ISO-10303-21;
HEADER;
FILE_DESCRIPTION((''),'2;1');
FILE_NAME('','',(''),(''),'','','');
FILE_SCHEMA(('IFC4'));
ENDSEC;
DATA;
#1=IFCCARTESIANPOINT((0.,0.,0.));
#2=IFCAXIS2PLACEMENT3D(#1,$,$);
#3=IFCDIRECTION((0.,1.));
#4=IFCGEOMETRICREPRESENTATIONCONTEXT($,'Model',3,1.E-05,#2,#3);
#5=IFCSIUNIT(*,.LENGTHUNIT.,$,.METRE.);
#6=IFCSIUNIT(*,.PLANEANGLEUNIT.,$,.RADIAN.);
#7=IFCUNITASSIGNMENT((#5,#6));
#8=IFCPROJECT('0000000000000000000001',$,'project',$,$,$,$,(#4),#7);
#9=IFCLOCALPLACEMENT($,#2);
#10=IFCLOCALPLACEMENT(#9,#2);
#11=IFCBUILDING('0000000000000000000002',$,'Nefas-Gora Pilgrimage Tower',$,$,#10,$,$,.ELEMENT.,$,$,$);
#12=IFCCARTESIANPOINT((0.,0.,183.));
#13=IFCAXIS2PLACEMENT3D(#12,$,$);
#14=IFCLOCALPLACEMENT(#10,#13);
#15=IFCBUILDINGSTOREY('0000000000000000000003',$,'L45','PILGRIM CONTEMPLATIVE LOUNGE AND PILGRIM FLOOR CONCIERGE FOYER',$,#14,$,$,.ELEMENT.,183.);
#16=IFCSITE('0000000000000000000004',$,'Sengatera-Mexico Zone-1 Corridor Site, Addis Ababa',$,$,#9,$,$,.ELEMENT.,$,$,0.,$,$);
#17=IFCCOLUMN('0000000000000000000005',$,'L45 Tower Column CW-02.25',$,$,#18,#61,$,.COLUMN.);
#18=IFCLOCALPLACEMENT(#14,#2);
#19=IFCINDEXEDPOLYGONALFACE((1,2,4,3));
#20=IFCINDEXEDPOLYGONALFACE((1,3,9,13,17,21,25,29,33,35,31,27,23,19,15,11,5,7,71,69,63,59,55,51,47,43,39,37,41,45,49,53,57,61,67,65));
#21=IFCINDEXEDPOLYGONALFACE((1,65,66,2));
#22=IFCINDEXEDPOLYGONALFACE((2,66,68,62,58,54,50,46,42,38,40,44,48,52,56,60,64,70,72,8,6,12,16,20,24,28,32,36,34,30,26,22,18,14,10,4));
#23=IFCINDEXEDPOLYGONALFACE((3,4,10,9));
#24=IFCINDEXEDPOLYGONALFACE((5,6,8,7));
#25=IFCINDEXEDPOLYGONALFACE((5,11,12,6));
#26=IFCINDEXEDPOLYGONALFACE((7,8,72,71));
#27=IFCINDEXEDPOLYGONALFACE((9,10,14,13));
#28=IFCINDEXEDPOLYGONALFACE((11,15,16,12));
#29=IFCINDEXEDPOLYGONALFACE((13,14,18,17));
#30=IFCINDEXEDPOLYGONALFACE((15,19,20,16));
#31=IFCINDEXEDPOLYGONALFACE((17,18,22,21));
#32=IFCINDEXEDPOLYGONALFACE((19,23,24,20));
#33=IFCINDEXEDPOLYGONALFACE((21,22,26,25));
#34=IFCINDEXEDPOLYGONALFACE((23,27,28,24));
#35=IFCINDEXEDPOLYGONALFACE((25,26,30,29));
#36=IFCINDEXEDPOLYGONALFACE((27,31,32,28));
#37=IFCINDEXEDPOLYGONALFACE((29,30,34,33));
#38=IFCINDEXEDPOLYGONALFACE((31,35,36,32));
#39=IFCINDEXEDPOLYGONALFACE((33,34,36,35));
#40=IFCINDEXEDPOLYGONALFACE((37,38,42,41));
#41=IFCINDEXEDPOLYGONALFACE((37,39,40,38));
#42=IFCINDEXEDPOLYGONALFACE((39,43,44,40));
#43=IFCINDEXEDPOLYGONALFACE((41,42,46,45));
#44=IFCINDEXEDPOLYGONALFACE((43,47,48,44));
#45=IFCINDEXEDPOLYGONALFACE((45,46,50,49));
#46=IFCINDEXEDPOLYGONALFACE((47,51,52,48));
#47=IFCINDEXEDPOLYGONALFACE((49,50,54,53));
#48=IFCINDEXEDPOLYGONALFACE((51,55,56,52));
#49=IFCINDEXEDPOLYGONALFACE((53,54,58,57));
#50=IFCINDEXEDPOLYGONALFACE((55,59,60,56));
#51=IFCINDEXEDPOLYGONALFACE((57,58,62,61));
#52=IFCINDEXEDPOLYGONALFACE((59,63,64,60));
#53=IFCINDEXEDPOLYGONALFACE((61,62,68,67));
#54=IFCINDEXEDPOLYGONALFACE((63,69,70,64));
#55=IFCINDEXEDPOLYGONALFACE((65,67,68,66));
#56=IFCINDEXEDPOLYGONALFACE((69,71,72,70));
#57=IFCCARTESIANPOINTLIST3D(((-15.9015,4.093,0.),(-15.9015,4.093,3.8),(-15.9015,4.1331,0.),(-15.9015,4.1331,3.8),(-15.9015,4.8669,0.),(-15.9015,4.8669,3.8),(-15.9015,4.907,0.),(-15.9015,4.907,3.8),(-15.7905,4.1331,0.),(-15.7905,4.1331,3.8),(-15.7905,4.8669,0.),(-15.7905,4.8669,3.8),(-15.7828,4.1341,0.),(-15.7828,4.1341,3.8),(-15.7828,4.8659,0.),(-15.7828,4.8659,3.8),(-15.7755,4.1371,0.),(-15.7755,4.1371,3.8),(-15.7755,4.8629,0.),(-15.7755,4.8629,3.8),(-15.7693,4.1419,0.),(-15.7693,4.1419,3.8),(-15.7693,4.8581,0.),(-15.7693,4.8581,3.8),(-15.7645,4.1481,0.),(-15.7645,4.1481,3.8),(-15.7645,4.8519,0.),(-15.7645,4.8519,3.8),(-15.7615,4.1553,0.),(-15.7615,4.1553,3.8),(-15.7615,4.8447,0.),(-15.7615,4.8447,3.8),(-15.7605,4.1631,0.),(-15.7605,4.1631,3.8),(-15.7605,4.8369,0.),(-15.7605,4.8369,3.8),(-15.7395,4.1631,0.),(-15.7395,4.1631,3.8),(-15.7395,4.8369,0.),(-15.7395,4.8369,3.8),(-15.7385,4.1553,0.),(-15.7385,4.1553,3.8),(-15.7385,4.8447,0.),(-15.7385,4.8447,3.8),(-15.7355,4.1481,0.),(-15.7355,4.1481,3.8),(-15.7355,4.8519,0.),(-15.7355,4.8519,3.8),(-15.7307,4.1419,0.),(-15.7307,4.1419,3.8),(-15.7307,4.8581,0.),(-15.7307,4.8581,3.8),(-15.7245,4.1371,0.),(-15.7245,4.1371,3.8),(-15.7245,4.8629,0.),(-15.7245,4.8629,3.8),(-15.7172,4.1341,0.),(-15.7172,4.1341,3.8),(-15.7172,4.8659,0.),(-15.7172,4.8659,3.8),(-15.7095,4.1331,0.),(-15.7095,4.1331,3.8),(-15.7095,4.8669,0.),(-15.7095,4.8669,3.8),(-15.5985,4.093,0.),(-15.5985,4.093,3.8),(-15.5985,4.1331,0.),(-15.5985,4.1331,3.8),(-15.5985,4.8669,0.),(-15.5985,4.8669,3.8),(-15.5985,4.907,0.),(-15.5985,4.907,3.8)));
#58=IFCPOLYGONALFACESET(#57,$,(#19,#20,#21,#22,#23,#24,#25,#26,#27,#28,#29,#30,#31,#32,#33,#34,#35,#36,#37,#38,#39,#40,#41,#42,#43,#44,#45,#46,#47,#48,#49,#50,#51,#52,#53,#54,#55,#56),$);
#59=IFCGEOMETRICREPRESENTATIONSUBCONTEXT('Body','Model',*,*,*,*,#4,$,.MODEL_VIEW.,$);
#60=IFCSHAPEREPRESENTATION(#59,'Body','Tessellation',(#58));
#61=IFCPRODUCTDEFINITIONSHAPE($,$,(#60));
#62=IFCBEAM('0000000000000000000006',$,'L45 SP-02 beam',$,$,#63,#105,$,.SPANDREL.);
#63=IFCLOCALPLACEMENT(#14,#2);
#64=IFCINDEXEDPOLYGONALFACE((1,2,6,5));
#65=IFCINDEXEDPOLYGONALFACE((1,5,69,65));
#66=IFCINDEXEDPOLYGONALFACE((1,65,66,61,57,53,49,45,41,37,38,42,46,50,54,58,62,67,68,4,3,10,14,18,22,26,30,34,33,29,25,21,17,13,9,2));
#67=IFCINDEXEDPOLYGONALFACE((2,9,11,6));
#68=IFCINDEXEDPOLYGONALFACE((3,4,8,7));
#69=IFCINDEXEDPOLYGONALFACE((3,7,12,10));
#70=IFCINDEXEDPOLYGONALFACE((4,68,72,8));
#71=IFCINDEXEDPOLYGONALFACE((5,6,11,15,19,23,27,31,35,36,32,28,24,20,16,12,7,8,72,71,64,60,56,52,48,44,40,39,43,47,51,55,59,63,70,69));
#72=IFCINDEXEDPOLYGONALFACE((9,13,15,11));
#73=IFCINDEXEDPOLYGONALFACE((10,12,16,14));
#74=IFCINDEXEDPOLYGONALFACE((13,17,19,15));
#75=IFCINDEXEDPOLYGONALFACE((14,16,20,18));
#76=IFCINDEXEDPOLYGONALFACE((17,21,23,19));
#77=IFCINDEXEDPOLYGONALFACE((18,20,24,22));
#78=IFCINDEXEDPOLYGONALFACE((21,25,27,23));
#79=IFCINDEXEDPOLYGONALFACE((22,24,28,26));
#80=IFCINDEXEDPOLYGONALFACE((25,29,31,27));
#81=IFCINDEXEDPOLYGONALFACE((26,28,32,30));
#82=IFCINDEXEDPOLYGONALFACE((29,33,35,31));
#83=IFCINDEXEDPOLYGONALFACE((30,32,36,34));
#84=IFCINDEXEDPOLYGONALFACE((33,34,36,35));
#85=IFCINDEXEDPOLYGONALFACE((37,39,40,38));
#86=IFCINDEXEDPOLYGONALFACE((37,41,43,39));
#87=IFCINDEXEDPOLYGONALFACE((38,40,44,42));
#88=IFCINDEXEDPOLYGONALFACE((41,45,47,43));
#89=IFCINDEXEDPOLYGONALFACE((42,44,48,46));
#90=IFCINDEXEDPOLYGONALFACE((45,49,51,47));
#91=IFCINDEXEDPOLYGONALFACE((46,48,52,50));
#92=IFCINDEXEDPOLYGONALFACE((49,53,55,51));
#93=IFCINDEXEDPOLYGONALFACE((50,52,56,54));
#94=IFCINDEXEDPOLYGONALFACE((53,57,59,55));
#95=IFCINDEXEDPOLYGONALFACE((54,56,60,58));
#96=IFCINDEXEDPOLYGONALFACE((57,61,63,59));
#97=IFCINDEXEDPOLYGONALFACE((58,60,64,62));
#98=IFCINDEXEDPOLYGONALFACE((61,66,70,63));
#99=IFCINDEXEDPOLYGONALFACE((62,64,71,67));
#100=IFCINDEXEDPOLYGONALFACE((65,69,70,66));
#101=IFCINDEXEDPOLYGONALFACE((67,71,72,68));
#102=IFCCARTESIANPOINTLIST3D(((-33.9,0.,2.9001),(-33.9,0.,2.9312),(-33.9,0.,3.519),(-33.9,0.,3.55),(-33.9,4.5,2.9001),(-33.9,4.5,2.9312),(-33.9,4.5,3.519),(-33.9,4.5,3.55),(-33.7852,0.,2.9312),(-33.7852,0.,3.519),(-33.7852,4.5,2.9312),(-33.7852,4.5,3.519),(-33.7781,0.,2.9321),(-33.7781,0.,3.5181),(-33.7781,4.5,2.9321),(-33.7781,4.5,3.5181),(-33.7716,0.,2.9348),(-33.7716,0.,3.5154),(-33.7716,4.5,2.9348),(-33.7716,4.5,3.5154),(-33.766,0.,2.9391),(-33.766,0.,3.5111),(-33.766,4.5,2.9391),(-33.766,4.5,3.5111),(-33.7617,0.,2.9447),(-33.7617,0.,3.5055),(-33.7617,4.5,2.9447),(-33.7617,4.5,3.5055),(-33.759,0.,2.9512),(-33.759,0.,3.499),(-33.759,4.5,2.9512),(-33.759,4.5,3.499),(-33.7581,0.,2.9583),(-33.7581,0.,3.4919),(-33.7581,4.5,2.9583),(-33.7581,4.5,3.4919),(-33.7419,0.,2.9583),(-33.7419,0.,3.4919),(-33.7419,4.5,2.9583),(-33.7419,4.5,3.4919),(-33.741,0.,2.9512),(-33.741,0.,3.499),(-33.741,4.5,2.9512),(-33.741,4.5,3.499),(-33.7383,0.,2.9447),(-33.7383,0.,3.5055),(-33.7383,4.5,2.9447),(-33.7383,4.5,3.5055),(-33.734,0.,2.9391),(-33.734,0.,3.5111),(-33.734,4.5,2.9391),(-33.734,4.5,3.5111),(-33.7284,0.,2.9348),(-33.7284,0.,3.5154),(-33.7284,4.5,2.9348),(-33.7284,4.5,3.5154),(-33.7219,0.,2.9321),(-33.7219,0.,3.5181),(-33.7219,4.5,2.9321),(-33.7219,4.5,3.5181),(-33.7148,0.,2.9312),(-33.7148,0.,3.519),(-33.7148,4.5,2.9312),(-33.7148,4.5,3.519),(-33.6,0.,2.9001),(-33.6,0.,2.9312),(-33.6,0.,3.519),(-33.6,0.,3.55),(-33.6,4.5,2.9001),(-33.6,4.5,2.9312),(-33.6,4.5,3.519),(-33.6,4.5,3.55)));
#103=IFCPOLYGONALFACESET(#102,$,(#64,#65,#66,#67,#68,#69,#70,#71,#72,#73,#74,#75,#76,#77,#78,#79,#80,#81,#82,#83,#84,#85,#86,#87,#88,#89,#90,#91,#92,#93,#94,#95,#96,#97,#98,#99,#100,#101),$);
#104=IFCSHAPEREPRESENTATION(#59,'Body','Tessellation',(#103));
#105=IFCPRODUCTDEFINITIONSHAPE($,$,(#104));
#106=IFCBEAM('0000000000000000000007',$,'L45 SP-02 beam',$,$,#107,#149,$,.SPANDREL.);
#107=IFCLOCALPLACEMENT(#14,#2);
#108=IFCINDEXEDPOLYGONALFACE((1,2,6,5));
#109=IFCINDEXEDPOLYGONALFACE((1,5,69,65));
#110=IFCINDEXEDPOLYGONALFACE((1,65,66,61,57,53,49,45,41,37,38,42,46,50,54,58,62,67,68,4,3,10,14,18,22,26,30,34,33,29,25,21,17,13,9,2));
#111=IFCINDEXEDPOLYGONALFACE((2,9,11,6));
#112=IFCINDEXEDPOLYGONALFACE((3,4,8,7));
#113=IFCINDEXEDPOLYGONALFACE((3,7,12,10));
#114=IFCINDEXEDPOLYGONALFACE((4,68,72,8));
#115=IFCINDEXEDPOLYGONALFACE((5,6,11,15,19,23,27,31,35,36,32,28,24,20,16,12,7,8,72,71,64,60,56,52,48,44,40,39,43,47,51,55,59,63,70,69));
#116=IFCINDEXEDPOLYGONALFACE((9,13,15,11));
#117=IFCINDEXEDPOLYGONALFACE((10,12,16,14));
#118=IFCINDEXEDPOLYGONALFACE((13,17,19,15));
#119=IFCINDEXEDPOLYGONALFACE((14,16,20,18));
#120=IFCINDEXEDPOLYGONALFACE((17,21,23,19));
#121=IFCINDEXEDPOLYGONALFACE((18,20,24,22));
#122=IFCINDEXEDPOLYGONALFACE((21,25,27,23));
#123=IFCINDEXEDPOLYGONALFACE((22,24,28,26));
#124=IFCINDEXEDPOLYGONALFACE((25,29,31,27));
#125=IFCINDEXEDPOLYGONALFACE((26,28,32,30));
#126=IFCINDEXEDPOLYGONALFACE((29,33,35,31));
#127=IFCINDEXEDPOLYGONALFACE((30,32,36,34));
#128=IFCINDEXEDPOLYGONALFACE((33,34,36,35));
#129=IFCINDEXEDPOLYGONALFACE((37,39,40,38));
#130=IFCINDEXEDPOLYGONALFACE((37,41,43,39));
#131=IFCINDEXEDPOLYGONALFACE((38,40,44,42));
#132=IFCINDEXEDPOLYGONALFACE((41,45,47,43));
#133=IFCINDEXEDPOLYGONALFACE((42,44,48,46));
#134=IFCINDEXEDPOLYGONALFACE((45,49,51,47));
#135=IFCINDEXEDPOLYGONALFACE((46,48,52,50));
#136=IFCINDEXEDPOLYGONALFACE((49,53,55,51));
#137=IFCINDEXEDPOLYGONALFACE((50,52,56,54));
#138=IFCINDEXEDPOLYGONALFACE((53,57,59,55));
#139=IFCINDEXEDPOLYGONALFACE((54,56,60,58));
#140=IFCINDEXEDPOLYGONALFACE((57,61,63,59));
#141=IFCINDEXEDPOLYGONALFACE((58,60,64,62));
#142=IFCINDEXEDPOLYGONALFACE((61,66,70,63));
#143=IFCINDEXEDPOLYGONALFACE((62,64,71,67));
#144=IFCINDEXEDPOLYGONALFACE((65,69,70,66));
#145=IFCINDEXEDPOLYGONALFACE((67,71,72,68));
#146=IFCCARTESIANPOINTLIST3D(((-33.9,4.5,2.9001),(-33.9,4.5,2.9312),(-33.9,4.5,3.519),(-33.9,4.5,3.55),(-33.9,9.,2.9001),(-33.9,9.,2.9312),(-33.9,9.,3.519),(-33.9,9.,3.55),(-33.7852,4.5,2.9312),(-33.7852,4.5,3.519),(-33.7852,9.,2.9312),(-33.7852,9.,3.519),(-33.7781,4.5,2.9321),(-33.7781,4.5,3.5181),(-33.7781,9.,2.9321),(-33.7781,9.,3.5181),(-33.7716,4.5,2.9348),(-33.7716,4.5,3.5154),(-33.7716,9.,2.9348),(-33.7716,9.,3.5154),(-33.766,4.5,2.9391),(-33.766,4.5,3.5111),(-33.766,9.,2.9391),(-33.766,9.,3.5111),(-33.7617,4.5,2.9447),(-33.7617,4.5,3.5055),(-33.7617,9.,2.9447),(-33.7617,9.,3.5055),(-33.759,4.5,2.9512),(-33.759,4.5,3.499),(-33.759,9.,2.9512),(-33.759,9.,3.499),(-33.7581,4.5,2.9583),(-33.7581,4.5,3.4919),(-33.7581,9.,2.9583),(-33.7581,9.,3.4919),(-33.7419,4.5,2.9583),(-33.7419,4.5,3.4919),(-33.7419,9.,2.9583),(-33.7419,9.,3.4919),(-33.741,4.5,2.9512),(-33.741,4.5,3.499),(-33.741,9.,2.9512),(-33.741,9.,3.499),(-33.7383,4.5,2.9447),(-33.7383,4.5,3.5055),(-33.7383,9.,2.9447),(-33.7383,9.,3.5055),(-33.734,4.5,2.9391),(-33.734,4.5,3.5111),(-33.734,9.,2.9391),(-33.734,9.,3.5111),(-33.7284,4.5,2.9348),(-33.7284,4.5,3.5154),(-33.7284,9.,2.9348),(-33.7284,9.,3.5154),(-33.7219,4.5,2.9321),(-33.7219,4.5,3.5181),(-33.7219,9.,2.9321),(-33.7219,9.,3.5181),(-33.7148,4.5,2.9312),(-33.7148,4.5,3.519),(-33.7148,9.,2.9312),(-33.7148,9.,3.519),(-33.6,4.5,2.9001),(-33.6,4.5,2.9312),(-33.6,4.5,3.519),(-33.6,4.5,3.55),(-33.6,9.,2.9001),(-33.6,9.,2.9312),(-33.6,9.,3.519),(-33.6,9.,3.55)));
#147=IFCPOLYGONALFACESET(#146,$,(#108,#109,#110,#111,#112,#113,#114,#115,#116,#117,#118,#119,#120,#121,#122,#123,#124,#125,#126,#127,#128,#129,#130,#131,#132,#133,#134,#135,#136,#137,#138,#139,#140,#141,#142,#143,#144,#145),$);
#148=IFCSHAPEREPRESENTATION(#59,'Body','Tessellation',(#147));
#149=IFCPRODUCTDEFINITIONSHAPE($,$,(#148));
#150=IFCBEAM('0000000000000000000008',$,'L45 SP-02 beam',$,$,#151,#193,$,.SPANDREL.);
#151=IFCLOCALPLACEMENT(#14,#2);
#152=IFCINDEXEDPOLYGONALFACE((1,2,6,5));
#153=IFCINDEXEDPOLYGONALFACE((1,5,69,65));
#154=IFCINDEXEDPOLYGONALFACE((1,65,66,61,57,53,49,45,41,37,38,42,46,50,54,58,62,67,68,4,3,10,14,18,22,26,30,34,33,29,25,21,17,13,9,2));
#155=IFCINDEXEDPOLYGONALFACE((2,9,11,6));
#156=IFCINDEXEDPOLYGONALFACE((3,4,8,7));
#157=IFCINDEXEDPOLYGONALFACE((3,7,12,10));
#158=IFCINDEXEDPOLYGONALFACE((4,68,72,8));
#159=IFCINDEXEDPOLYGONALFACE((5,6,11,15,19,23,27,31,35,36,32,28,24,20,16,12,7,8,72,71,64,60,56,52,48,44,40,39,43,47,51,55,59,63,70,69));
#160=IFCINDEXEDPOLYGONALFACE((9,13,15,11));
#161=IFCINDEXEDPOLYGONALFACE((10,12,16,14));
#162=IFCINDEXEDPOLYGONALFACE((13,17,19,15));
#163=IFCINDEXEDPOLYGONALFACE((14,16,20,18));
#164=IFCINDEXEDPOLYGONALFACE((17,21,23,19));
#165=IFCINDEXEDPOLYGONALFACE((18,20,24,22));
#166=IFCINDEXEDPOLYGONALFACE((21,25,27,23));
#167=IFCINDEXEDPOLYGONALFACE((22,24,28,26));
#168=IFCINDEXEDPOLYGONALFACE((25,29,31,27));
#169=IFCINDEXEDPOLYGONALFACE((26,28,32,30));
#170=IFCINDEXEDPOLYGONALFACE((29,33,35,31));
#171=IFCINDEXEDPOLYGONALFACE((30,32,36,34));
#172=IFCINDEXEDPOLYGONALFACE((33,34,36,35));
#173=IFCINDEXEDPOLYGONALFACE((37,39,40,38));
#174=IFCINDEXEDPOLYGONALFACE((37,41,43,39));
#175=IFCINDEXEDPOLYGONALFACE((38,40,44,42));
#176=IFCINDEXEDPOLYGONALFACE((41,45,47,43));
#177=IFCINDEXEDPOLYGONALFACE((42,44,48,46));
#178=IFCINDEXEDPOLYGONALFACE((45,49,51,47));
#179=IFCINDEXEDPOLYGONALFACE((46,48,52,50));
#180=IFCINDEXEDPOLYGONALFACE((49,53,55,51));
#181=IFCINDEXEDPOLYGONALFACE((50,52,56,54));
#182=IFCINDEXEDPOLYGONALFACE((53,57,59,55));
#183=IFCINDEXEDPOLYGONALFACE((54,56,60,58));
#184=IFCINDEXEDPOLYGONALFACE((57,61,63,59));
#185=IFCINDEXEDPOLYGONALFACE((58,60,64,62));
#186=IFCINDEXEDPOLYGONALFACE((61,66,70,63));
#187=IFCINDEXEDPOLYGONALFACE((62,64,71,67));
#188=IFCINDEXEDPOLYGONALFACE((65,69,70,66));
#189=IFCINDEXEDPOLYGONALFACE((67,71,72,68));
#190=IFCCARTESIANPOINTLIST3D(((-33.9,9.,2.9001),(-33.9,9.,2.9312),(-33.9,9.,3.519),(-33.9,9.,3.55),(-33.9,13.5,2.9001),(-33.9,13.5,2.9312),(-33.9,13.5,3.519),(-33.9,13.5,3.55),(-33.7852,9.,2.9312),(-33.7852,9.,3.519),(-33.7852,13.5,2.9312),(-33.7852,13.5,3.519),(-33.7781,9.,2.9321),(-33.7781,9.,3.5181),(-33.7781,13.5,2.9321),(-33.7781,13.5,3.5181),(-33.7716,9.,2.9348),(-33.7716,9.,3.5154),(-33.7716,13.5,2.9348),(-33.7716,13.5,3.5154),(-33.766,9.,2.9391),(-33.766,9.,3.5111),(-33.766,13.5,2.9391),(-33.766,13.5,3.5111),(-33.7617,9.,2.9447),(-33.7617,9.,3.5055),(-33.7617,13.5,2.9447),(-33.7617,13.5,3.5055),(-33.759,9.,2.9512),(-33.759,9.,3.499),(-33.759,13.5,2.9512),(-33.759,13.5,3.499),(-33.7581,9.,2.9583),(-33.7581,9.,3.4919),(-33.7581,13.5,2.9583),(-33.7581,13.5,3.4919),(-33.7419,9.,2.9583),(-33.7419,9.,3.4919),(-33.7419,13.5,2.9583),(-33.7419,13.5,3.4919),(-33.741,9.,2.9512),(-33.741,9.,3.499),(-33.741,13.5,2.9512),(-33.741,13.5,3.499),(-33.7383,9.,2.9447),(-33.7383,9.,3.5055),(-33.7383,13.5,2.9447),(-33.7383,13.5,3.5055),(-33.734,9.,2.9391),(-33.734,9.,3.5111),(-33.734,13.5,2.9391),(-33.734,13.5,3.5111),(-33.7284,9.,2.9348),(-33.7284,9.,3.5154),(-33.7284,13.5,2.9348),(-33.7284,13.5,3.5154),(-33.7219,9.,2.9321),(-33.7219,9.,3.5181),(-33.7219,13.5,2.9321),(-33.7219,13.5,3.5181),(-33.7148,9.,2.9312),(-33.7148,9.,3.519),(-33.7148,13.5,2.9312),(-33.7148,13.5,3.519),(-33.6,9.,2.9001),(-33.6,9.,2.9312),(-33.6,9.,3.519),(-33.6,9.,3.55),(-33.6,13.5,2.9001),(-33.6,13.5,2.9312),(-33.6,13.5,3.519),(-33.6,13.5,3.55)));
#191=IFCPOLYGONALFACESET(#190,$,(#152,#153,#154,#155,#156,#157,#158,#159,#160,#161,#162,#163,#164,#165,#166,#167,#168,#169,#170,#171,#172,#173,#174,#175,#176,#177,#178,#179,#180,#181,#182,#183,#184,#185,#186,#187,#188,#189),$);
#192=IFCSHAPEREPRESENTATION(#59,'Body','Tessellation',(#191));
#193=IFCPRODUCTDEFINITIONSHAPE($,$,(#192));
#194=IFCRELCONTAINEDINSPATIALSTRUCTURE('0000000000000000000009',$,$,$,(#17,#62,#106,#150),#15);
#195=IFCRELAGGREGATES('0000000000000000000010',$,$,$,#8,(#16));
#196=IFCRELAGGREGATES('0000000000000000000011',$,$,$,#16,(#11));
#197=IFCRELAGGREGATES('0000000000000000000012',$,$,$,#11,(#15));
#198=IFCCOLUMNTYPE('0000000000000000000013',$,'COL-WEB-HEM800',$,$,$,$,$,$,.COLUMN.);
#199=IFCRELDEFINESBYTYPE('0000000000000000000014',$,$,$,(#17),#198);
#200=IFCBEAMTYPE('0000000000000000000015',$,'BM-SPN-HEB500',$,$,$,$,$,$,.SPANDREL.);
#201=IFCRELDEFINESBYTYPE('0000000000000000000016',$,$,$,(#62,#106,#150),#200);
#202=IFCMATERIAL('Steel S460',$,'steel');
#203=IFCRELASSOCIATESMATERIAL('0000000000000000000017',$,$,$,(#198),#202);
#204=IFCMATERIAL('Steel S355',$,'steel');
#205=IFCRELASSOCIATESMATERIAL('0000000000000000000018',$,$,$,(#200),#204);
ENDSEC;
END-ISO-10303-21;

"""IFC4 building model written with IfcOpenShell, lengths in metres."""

from ifc_helpers import new_model, si_unit, direction, frame, origin, origin_2d, place, context, subcontext, project, spatial, i_section, extrude, source, transform, mapped, material, material_profile, profile_set, type_object, element, save


model = new_model("IFC4")

# Units and contexts
model_context = context("Model", 3, precision=1e-05, world=origin(), true_north=direction((0.0, 1.0)))
body_context = subcontext(model_context, "Body", "Model", "MODEL_VIEW")
ifc_project = project(units=[si_unit("LENGTHUNIT", "METRE"), si_unit("PLANEANGLEUNIT", "RADIAN")], contexts=[model_context])

# Site, building, storey
site_placement = place(None, origin())
site = spatial("IfcSite", under=ifc_project, at=site_placement, Name="Sengatera-Mexico Zone-1 Corridor Site, Addis Ababa", CompositionType="ELEMENT", RefElevation=0.0)
building_placement = place(site_placement, origin())
building = spatial("IfcBuilding", under=site, at=building_placement, Name="Nefas-Gora Pilgrimage Tower", CompositionType="ELEMENT")
storey_placement = place(building_placement, frame((0.0, 0.0, 183.0)))
storey = spatial("IfcBuildingStorey", under=building, at=storey_placement, Name="L45", Description="PILGRIM CONTEMPLATIVE LOUNGE AND PILGRIM FLOOR CONCIERGE FOYER", CompositionType="ELEMENT", Elevation=183.0)

# Column
ifc_material_1 = material(Name="Steel S460", Category="steel")
ifc_material_profile_1 = material_profile(ifc_material_1, i_section(OverallWidth=0.303, OverallDepth=0.814, WebThickness=0.021, FlangeThickness=0.04, FilletRadius=0.03, at=origin_2d()), Name="HEM 800")
ifc_profile_set_1 = profile_set([ifc_material_profile_1], Name="Steel S460")
column_type_1 = type_object("IfcColumnType", Name="COL-WEB-HEM800", PredefinedType="COLUMN", material=ifc_profile_set_1)
shared_shape_1 = source(origin(), body_context, "Body", "SweptSolid", [
    extrude(i_section(OverallWidth=0.303, OverallDepth=0.814, WebThickness=0.021, FlangeThickness=0.04, FilletRadius=0.03, at=origin_2d()), origin(), (0.0, 0.0, 1.0), 3.8),
])
for number, where, z_axis, x_axis, name in (
    (1, (-15.75, 4.5, 0.0), (0.0, 0.0, 1.0), (1.0, 0.0, 0.0), "L45 Tower Column CW-02.25"),
):
    element("IfcColumn", number, at=place(storey_placement, frame(where, z_axis=z_axis, x_axis=x_axis)), inside=storey, type_object=column_type_1, Name=name, PredefinedType="COLUMN", context=body_context, shape_type="MappedRepresentation", body=[
        mapped(shared_shape_1, transform((0.0, 0.0, 0.0), x_axis=(1.0, 0.0, 0.0), y_axis=(0.0, 1.0, 0.0), z_axis=(0.0, 0.0, 1.0), scale=1.0)),
    ])

# Beams
ifc_material_2 = material(Name="Steel S355", Category="steel")
ifc_material_profile_2 = material_profile(ifc_material_2, i_section(OverallWidth=0.3, OverallDepth=0.6499, WebThickness=0.0161, FlangeThickness=0.031, FilletRadius=0.0271, at=origin_2d()), Name="HEB 650")
ifc_profile_set_2 = profile_set([ifc_material_profile_2], Name="Steel S355")
beam_type_1 = type_object("IfcBeamType", Name="BM-SPN-HEB500", PredefinedType="SPANDREL", material=ifc_profile_set_2)
shared_shape_2 = source(origin(), body_context, "Body", "SweptSolid", [
    extrude(i_section(OverallWidth=0.3, OverallDepth=0.6499, WebThickness=0.0161, FlangeThickness=0.031, FilletRadius=0.0271, at=origin_2d()), origin(), (0.0, 0.0, 1.0), 4.5),
])
for number, where, z_axis, x_axis, name in (
    (2, (-33.75, 0.0, 3.2251), (0.0, 1.0, 0.0), (-1.0, 0.0, 0.0), "L45 SP-02 beam"),
    (3, (-33.75, 4.5, 3.2251), (0.0, 1.0, 0.0), (-1.0, 0.0, 0.0), "L45 SP-02 beam"),
    (4, (-33.75, 9.0, 3.2251), (0.0, 1.0, 0.0), (-1.0, 0.0, 0.0), "L45 SP-02 beam"),
):
    element("IfcBeam", number, at=place(storey_placement, frame(where, z_axis=z_axis, x_axis=x_axis)), inside=storey, type_object=beam_type_1, Name=name, PredefinedType="SPANDREL", context=body_context, shape_type="MappedRepresentation", body=[
        mapped(shared_shape_2, transform((0.0, 0.0, 0.0), x_axis=(1.0, 0.0, 0.0), y_axis=(0.0, 1.0, 0.0), z_axis=(0.0, 0.0, 1.0), scale=1.0)),
    ])

save(model, "model.ifc")
